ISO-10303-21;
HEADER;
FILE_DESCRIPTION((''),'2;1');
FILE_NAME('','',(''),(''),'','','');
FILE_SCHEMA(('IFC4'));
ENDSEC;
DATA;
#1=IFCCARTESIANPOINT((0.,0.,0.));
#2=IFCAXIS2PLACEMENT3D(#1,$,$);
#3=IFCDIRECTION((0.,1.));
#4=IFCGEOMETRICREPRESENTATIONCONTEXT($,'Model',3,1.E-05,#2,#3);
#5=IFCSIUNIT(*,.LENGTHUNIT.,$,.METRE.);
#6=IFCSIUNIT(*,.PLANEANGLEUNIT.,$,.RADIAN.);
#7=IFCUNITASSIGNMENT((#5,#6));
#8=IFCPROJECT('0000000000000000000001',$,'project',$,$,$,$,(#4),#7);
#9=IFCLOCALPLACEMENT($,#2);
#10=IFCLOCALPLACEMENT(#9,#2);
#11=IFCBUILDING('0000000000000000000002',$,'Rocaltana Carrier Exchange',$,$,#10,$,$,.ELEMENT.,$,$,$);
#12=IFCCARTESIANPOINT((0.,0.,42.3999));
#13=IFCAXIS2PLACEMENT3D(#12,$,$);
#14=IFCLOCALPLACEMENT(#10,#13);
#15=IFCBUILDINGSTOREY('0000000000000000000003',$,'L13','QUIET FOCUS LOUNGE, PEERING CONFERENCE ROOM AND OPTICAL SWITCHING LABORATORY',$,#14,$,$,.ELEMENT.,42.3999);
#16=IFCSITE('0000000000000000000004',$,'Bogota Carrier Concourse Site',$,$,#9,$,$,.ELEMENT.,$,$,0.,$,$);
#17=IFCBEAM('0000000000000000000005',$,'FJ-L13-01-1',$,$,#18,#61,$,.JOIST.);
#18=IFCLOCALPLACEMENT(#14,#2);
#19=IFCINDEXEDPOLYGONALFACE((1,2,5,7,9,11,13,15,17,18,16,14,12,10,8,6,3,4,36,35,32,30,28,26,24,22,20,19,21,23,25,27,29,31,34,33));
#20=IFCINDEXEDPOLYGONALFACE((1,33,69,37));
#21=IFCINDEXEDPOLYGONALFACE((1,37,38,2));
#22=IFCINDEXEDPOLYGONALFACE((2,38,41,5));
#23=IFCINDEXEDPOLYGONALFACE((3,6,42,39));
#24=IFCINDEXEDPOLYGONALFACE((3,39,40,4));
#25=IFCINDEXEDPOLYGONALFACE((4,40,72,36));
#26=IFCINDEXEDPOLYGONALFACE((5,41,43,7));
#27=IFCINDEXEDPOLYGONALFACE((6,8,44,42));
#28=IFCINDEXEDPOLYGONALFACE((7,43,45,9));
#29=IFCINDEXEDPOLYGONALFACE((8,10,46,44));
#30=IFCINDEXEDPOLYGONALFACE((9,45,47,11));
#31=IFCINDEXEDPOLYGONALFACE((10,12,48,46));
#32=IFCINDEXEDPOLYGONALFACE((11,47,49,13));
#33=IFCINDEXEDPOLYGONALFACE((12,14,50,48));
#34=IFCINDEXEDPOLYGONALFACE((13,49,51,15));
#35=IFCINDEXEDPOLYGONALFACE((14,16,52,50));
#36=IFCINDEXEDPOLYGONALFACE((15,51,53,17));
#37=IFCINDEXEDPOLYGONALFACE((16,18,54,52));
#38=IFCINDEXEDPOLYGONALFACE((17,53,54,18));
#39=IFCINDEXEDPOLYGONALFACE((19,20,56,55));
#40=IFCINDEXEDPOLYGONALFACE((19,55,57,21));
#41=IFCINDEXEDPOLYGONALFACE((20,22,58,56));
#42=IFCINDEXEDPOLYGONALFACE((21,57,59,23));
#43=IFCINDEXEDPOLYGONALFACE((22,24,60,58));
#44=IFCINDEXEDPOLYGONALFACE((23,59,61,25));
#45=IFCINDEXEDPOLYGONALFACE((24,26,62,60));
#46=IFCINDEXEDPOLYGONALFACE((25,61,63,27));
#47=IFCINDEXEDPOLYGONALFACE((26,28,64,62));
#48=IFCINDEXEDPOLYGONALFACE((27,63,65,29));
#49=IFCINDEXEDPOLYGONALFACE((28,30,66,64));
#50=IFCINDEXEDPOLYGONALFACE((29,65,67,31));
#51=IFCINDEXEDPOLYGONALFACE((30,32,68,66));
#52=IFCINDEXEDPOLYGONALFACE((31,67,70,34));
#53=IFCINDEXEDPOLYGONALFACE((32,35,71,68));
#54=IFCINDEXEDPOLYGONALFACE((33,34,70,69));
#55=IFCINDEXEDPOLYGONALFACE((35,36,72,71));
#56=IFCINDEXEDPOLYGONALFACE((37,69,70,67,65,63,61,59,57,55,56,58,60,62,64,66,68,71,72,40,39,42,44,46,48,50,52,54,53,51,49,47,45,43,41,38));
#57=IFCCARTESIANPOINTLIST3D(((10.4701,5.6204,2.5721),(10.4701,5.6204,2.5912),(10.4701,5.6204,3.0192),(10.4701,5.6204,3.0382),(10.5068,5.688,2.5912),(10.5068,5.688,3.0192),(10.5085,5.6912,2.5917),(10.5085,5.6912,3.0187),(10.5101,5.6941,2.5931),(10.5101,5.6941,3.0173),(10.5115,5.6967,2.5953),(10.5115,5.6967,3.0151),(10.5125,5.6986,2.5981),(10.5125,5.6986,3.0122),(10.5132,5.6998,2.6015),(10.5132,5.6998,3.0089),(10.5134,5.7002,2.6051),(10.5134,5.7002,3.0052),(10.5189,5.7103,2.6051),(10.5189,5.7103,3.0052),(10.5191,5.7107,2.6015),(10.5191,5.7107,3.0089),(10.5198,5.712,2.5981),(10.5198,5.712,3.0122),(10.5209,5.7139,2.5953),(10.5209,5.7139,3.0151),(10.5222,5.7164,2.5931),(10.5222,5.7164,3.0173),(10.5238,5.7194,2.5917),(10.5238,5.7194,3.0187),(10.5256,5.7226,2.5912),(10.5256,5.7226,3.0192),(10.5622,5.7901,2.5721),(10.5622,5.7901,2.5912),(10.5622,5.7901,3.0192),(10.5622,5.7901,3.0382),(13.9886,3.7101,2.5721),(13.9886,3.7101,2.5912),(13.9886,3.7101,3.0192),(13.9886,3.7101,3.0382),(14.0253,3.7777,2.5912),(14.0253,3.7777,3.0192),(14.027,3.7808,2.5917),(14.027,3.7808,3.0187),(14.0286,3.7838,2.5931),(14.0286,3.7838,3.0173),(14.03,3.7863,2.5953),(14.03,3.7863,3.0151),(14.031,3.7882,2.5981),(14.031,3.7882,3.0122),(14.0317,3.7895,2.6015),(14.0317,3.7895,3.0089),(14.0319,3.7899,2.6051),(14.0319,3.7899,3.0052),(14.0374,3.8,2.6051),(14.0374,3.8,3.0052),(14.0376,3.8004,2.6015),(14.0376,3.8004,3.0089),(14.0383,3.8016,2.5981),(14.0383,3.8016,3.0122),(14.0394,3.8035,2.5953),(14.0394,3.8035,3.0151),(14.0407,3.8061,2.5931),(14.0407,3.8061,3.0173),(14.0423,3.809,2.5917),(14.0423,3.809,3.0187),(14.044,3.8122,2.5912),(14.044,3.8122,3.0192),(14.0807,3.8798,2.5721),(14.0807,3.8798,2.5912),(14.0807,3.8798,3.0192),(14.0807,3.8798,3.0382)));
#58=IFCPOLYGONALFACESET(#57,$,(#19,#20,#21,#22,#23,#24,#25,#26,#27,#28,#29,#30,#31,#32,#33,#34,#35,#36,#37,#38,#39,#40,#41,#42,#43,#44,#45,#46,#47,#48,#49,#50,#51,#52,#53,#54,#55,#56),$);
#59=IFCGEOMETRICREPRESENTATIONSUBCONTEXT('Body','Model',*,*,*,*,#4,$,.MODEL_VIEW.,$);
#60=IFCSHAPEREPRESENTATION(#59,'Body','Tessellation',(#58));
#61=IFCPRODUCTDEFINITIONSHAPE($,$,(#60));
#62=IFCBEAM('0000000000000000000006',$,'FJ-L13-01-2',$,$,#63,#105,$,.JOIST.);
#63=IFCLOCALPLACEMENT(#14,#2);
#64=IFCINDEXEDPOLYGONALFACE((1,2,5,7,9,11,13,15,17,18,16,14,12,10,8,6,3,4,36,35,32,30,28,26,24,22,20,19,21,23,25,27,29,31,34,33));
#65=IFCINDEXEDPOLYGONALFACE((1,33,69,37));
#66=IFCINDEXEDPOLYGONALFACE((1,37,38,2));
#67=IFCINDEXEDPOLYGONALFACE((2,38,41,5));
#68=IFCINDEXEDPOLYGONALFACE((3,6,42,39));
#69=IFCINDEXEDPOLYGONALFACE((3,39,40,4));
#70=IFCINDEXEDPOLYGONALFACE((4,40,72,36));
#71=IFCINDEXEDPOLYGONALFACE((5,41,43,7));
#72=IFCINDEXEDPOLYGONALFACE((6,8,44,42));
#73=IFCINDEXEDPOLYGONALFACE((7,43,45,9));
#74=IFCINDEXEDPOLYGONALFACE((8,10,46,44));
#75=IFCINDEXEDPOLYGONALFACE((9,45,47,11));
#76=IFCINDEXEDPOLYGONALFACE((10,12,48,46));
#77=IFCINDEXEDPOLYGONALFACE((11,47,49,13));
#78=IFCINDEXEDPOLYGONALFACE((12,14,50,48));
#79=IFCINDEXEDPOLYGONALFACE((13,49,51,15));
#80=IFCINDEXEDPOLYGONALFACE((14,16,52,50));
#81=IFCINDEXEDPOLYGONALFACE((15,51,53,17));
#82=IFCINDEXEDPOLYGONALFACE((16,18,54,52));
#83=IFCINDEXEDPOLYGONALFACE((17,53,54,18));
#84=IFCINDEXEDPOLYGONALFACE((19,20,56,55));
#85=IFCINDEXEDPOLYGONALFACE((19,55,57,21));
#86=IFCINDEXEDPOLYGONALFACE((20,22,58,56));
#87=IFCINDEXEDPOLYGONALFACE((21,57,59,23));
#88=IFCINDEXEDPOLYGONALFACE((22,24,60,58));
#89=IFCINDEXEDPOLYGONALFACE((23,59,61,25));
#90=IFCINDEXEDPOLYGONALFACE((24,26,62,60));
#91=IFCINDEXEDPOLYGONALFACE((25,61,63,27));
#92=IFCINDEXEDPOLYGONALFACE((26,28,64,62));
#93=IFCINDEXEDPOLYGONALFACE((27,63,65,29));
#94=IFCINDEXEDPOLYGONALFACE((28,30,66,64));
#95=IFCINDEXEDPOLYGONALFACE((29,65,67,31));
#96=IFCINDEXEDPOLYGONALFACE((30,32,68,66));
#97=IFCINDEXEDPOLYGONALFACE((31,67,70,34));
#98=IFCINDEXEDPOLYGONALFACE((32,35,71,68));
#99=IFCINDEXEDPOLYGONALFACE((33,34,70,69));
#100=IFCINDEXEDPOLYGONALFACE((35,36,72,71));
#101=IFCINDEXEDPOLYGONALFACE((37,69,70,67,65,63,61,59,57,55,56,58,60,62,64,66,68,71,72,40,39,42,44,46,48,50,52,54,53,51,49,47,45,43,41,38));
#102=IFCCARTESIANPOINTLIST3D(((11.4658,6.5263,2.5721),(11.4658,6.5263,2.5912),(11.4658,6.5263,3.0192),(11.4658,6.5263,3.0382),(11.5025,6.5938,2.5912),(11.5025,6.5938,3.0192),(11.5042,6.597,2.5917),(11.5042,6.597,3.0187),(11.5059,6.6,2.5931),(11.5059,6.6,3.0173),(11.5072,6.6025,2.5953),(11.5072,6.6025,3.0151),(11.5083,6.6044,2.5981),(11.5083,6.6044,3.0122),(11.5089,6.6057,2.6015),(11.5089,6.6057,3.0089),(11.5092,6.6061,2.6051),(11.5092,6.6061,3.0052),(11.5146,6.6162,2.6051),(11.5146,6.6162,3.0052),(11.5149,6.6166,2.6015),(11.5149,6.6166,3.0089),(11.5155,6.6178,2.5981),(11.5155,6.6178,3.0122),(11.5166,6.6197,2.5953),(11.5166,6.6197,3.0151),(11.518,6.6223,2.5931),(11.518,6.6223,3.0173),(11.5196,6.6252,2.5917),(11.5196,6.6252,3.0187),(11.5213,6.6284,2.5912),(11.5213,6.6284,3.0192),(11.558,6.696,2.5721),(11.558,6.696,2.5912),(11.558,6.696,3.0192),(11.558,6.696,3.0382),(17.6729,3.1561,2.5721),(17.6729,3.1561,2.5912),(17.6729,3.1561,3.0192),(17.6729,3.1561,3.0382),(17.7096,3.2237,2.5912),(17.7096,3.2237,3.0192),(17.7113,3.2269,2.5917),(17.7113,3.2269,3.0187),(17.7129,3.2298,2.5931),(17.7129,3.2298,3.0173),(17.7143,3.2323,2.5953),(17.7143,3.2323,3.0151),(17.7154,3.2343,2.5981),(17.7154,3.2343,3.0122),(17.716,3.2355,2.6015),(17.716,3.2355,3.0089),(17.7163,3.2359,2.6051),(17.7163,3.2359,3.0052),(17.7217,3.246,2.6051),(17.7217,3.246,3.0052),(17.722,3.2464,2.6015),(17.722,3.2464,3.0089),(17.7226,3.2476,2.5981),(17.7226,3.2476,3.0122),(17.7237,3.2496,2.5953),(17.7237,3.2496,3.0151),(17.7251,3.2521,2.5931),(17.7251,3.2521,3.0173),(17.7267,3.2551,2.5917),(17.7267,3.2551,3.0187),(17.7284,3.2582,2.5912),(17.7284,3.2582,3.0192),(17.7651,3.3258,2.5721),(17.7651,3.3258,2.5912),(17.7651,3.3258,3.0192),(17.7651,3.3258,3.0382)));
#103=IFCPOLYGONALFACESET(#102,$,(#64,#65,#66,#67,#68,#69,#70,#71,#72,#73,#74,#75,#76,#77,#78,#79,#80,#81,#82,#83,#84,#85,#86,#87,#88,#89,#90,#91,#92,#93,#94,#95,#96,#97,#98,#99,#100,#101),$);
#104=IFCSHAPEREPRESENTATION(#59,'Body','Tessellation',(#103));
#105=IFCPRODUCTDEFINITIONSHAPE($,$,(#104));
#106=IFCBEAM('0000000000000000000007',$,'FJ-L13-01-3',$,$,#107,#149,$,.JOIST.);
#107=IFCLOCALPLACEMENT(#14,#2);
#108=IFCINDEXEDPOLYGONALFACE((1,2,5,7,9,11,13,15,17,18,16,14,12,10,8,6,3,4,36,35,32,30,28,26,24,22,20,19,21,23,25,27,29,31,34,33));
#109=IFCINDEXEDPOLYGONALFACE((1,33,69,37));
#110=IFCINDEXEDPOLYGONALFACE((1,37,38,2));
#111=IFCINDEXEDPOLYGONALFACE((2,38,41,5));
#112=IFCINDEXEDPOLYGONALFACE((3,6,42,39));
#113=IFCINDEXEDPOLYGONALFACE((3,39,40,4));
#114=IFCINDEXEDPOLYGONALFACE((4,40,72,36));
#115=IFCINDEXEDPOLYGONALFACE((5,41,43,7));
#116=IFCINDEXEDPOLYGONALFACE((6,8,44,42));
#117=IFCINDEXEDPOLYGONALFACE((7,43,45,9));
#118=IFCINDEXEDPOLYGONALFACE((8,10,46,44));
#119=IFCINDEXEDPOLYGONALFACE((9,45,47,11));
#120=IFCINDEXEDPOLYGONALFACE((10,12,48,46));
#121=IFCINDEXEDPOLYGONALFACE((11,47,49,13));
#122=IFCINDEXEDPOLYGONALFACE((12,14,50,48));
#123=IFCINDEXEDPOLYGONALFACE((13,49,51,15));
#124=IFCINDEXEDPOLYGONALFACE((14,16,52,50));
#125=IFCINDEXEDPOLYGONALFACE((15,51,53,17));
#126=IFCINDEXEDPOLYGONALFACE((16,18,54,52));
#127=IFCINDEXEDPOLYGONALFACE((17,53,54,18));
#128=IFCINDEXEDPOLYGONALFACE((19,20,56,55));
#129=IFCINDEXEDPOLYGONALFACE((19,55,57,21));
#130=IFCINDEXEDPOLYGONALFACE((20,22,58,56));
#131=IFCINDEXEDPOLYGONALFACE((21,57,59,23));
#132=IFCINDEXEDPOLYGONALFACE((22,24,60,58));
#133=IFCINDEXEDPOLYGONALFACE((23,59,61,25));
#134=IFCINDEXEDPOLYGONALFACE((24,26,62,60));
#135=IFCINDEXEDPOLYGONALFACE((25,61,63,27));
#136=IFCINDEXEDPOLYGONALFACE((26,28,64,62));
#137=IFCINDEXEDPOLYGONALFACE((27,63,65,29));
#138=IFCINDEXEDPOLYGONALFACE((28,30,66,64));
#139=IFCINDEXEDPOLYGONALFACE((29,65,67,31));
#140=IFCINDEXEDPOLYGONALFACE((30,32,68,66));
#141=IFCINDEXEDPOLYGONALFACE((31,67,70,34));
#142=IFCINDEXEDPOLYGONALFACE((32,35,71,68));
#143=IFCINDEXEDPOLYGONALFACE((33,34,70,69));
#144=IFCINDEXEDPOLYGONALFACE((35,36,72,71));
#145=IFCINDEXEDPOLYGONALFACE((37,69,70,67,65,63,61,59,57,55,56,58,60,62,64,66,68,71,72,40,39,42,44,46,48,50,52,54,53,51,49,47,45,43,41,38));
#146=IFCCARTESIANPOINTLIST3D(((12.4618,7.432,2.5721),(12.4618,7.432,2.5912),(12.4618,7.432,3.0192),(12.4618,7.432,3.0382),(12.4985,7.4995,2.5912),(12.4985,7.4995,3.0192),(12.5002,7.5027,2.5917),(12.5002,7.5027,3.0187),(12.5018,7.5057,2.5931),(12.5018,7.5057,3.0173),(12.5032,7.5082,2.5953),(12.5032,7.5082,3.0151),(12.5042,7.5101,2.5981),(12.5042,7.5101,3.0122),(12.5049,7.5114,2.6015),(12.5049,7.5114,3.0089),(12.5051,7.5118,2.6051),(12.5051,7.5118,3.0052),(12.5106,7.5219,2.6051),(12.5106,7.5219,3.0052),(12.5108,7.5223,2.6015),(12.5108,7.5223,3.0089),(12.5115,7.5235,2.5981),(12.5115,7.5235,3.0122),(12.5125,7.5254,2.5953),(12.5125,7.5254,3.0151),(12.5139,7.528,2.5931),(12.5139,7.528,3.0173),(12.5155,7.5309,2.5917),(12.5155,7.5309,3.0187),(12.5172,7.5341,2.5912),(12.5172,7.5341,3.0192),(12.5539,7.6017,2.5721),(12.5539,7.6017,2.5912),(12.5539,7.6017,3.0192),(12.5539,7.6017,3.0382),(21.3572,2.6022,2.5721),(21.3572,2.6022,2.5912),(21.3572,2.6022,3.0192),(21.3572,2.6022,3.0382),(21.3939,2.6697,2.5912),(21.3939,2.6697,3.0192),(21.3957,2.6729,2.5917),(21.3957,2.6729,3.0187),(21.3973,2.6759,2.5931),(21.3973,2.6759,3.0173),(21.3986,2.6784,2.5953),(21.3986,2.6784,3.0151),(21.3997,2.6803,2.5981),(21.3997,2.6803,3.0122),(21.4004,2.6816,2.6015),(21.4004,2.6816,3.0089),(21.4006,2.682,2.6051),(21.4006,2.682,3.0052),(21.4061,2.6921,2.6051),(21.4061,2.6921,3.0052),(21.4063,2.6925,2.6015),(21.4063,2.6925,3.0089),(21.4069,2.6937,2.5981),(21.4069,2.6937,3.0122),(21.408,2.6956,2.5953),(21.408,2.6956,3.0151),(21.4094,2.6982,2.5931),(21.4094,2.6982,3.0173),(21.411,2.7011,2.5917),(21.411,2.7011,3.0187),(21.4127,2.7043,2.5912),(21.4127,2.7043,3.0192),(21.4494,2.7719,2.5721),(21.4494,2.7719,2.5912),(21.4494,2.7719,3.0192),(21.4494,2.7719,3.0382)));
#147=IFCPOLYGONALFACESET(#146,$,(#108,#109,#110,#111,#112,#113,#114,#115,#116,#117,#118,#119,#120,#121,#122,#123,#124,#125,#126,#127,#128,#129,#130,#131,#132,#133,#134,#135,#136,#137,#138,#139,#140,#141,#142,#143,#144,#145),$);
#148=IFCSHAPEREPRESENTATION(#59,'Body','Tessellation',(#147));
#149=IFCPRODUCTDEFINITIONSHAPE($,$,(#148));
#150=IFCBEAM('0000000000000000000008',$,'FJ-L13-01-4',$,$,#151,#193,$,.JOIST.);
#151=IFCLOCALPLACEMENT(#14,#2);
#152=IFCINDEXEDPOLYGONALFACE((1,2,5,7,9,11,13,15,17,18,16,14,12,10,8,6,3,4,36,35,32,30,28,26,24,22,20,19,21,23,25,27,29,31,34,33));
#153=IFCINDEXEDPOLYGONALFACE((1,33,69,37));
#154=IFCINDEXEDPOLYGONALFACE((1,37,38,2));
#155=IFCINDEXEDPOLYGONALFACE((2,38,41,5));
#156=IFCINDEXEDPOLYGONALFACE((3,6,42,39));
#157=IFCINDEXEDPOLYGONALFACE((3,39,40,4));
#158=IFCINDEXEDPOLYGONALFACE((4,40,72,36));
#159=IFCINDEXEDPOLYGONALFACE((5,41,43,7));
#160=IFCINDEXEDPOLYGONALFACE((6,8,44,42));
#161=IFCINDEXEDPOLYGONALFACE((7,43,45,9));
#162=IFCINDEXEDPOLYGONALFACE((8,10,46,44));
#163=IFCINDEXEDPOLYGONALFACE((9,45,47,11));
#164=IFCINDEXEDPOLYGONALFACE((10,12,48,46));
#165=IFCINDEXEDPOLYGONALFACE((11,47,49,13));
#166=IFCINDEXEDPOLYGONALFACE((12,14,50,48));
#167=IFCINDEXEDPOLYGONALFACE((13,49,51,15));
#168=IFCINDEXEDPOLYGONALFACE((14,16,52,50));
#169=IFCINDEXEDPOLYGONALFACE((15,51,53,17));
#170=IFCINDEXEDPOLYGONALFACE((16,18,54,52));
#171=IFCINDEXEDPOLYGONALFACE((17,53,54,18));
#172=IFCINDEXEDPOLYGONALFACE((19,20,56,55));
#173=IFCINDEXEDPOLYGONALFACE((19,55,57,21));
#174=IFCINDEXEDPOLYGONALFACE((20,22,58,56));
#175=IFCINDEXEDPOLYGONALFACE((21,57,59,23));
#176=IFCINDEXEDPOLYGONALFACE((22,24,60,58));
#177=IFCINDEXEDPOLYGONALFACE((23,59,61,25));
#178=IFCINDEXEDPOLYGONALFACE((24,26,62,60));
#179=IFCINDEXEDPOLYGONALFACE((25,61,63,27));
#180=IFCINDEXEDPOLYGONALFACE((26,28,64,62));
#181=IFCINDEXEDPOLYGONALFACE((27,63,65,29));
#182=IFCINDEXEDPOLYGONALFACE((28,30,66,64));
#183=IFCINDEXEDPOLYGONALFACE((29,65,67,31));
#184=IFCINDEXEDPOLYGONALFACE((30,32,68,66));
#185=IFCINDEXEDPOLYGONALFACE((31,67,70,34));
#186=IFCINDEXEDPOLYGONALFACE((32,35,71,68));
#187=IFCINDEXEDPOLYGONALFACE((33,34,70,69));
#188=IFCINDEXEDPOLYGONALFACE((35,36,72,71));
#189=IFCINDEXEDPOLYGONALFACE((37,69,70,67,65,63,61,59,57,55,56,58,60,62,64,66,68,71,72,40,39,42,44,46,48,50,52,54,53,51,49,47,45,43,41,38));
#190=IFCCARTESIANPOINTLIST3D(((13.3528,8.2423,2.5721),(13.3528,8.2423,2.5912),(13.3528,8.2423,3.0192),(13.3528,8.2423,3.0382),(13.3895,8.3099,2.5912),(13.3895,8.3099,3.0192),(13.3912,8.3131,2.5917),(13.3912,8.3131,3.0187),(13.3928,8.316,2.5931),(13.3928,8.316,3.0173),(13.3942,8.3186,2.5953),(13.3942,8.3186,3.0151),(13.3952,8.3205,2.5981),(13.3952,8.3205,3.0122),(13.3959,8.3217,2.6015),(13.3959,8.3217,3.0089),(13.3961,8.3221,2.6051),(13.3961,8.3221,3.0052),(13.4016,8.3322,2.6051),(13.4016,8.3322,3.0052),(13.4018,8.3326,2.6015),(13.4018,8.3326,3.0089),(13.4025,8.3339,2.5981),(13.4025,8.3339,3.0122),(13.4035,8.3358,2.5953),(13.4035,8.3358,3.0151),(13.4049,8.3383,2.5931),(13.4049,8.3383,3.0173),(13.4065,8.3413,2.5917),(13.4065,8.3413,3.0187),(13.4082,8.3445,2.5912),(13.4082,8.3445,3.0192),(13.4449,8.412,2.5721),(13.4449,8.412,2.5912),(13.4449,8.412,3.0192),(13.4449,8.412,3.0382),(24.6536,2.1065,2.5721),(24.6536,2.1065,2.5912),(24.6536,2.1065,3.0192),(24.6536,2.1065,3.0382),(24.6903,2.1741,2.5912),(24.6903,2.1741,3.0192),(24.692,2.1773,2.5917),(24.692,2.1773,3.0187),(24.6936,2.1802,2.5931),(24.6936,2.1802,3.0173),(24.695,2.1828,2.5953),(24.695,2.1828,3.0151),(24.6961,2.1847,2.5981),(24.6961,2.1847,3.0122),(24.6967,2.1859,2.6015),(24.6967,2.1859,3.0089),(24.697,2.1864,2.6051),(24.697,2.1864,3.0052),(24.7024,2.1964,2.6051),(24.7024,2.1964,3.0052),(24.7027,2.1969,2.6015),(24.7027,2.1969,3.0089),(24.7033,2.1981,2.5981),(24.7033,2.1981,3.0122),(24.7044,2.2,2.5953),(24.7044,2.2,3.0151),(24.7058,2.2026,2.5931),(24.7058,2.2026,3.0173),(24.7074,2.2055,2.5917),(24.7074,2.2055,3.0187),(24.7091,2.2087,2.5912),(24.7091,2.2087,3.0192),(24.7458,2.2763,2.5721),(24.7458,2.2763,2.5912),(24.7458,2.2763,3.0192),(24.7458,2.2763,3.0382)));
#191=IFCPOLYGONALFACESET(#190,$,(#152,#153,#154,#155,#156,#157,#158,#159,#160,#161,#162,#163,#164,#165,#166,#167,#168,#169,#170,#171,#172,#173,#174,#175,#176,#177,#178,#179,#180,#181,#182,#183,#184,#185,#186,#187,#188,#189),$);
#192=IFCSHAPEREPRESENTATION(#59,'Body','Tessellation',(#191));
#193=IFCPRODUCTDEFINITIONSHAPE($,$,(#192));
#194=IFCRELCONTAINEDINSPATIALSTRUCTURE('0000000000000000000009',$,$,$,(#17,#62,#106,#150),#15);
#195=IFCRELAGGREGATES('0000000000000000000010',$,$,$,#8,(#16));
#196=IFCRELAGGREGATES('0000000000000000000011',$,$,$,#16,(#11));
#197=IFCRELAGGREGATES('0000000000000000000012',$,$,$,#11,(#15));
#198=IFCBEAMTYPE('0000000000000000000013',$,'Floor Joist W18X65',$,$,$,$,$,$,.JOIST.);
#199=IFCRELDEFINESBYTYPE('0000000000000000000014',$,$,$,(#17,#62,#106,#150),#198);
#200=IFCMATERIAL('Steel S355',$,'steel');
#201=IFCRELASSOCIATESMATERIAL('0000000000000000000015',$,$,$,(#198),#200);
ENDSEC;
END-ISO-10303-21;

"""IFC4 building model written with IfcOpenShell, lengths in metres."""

from ifc_helpers import new_model, si_unit, direction, frame, origin, origin_2d, place, context, subcontext, project, spatial, i_section, extrude, material, material_profile, profile_set, type_object, element, save


model = new_model("IFC4")

# Units and contexts
model_context = context("Model", 3, precision=1e-05, world=origin(), true_north=direction((0.0, 1.0)))
body_context = subcontext(model_context, "Body", "Model", "MODEL_VIEW")
ifc_project = project(units=[si_unit("LENGTHUNIT", "METRE"), si_unit("PLANEANGLEUNIT", "RADIAN")], contexts=[model_context])

# Site, building, storey
site_placement = place(None, origin())
site = spatial("IfcSite", under=ifc_project, at=site_placement, Name="Bogota Carrier Concourse Site", CompositionType="ELEMENT", RefElevation=0.0)
building_placement = place(site_placement, origin())
building = spatial("IfcBuilding", under=site, at=building_placement, Name="Rocaltana Carrier Exchange", CompositionType="ELEMENT")
storey_placement = place(building_placement, frame((0.0, 0.0, 42.3999)))
storey = spatial("IfcBuildingStorey", under=building, at=storey_placement, Name="L13", Description="QUIET FOCUS LOUNGE, PEERING CONFERENCE ROOM AND OPTICAL SWITCHING LABORATORY", CompositionType="ELEMENT", Elevation=42.3999)

# Beams
ifc_material_1 = material(Name="Steel S355", Category="steel")
ifc_material_profile_1 = material_profile(ifc_material_1, i_section(OverallWidth=0.1931, OverallDepth=0.4661, WebThickness=0.0115, FlangeThickness=0.019, FilletRadius=0.0139, at=origin_2d()), Name="W18X65")
ifc_profile_set_1 = profile_set([ifc_material_profile_1], Name="Steel S355")
beam_type_1 = type_object("IfcBeamType", Name="Floor Joist W18X65", PredefinedType="JOIST", material=ifc_profile_set_1)
beam_1_placement = place(storey_placement, frame((14.0347, 3.7949, 2.8052), z_axis=(-0.878819, 0.477155, 0.0), x_axis=(-0.477155, -0.878819, 0.0)))
element("IfcBeam", 1, at=beam_1_placement, inside=storey, type_object=beam_type_1, Name="FJ-L13-01-1", PredefinedType="JOIST", context=body_context, shape_type="SweptSolid", body=[
    extrude(i_section(OverallWidth=0.1931, OverallDepth=0.4661, WebThickness=0.0115, FlangeThickness=0.019, FilletRadius=0.0139, at=origin_2d()), origin(), (0.0, 0.0, 1.0), 4.0037),
])
beam_2_placement = place(storey_placement, frame((17.719, 3.241, 2.8052), z_axis=(-0.878819, 0.477156, 0.0), x_axis=(-0.477156, -0.878819, 0.0)))
element("IfcBeam", 2, at=beam_2_placement, inside=storey, type_object=beam_type_1, Name="FJ-L13-01-2", PredefinedType="JOIST", context=body_context, shape_type="SweptSolid", body=[
    extrude(i_section(OverallWidth=0.1931, OverallDepth=0.4661, WebThickness=0.0115, FlangeThickness=0.019, FilletRadius=0.0139, at=origin_2d()), origin(), (0.0, 0.0, 1.0), 7.063),
])
beam_3_placement = place(storey_placement, frame((21.4033, 2.687, 2.8052), z_axis=(-0.878818, 0.477156, 0.0), x_axis=(-0.477156, -0.878818, 0.0)))
element("IfcBeam", 3, at=beam_3_placement, inside=storey, type_object=beam_type_1, Name="FJ-L13-01-3", PredefinedType="JOIST", context=body_context, shape_type="SweptSolid", body=[
    extrude(i_section(OverallWidth=0.1931, OverallDepth=0.4661, WebThickness=0.0115, FlangeThickness=0.019, FilletRadius=0.0139, at=origin_2d()), origin(), (0.0, 0.0, 1.0), 10.1221),
])
beam_4_placement = place(storey_placement, frame((24.6997, 2.1914, 2.8052), z_axis=(-0.87882, 0.477154, 0.0), x_axis=(-0.477154, -0.87882, 0.0)))
element("IfcBeam", 4, at=beam_4_placement, inside=storey, type_object=beam_type_1, Name="FJ-L13-01-4", PredefinedType="JOIST", context=body_context, shape_type="SweptSolid", body=[
    extrude(i_section(OverallWidth=0.1931, OverallDepth=0.4661, WebThickness=0.0115, FlangeThickness=0.019, FilletRadius=0.0139, at=origin_2d()), origin(), (0.0, 0.0, 1.0), 12.8591),
])

save(model, "model.ifc")
